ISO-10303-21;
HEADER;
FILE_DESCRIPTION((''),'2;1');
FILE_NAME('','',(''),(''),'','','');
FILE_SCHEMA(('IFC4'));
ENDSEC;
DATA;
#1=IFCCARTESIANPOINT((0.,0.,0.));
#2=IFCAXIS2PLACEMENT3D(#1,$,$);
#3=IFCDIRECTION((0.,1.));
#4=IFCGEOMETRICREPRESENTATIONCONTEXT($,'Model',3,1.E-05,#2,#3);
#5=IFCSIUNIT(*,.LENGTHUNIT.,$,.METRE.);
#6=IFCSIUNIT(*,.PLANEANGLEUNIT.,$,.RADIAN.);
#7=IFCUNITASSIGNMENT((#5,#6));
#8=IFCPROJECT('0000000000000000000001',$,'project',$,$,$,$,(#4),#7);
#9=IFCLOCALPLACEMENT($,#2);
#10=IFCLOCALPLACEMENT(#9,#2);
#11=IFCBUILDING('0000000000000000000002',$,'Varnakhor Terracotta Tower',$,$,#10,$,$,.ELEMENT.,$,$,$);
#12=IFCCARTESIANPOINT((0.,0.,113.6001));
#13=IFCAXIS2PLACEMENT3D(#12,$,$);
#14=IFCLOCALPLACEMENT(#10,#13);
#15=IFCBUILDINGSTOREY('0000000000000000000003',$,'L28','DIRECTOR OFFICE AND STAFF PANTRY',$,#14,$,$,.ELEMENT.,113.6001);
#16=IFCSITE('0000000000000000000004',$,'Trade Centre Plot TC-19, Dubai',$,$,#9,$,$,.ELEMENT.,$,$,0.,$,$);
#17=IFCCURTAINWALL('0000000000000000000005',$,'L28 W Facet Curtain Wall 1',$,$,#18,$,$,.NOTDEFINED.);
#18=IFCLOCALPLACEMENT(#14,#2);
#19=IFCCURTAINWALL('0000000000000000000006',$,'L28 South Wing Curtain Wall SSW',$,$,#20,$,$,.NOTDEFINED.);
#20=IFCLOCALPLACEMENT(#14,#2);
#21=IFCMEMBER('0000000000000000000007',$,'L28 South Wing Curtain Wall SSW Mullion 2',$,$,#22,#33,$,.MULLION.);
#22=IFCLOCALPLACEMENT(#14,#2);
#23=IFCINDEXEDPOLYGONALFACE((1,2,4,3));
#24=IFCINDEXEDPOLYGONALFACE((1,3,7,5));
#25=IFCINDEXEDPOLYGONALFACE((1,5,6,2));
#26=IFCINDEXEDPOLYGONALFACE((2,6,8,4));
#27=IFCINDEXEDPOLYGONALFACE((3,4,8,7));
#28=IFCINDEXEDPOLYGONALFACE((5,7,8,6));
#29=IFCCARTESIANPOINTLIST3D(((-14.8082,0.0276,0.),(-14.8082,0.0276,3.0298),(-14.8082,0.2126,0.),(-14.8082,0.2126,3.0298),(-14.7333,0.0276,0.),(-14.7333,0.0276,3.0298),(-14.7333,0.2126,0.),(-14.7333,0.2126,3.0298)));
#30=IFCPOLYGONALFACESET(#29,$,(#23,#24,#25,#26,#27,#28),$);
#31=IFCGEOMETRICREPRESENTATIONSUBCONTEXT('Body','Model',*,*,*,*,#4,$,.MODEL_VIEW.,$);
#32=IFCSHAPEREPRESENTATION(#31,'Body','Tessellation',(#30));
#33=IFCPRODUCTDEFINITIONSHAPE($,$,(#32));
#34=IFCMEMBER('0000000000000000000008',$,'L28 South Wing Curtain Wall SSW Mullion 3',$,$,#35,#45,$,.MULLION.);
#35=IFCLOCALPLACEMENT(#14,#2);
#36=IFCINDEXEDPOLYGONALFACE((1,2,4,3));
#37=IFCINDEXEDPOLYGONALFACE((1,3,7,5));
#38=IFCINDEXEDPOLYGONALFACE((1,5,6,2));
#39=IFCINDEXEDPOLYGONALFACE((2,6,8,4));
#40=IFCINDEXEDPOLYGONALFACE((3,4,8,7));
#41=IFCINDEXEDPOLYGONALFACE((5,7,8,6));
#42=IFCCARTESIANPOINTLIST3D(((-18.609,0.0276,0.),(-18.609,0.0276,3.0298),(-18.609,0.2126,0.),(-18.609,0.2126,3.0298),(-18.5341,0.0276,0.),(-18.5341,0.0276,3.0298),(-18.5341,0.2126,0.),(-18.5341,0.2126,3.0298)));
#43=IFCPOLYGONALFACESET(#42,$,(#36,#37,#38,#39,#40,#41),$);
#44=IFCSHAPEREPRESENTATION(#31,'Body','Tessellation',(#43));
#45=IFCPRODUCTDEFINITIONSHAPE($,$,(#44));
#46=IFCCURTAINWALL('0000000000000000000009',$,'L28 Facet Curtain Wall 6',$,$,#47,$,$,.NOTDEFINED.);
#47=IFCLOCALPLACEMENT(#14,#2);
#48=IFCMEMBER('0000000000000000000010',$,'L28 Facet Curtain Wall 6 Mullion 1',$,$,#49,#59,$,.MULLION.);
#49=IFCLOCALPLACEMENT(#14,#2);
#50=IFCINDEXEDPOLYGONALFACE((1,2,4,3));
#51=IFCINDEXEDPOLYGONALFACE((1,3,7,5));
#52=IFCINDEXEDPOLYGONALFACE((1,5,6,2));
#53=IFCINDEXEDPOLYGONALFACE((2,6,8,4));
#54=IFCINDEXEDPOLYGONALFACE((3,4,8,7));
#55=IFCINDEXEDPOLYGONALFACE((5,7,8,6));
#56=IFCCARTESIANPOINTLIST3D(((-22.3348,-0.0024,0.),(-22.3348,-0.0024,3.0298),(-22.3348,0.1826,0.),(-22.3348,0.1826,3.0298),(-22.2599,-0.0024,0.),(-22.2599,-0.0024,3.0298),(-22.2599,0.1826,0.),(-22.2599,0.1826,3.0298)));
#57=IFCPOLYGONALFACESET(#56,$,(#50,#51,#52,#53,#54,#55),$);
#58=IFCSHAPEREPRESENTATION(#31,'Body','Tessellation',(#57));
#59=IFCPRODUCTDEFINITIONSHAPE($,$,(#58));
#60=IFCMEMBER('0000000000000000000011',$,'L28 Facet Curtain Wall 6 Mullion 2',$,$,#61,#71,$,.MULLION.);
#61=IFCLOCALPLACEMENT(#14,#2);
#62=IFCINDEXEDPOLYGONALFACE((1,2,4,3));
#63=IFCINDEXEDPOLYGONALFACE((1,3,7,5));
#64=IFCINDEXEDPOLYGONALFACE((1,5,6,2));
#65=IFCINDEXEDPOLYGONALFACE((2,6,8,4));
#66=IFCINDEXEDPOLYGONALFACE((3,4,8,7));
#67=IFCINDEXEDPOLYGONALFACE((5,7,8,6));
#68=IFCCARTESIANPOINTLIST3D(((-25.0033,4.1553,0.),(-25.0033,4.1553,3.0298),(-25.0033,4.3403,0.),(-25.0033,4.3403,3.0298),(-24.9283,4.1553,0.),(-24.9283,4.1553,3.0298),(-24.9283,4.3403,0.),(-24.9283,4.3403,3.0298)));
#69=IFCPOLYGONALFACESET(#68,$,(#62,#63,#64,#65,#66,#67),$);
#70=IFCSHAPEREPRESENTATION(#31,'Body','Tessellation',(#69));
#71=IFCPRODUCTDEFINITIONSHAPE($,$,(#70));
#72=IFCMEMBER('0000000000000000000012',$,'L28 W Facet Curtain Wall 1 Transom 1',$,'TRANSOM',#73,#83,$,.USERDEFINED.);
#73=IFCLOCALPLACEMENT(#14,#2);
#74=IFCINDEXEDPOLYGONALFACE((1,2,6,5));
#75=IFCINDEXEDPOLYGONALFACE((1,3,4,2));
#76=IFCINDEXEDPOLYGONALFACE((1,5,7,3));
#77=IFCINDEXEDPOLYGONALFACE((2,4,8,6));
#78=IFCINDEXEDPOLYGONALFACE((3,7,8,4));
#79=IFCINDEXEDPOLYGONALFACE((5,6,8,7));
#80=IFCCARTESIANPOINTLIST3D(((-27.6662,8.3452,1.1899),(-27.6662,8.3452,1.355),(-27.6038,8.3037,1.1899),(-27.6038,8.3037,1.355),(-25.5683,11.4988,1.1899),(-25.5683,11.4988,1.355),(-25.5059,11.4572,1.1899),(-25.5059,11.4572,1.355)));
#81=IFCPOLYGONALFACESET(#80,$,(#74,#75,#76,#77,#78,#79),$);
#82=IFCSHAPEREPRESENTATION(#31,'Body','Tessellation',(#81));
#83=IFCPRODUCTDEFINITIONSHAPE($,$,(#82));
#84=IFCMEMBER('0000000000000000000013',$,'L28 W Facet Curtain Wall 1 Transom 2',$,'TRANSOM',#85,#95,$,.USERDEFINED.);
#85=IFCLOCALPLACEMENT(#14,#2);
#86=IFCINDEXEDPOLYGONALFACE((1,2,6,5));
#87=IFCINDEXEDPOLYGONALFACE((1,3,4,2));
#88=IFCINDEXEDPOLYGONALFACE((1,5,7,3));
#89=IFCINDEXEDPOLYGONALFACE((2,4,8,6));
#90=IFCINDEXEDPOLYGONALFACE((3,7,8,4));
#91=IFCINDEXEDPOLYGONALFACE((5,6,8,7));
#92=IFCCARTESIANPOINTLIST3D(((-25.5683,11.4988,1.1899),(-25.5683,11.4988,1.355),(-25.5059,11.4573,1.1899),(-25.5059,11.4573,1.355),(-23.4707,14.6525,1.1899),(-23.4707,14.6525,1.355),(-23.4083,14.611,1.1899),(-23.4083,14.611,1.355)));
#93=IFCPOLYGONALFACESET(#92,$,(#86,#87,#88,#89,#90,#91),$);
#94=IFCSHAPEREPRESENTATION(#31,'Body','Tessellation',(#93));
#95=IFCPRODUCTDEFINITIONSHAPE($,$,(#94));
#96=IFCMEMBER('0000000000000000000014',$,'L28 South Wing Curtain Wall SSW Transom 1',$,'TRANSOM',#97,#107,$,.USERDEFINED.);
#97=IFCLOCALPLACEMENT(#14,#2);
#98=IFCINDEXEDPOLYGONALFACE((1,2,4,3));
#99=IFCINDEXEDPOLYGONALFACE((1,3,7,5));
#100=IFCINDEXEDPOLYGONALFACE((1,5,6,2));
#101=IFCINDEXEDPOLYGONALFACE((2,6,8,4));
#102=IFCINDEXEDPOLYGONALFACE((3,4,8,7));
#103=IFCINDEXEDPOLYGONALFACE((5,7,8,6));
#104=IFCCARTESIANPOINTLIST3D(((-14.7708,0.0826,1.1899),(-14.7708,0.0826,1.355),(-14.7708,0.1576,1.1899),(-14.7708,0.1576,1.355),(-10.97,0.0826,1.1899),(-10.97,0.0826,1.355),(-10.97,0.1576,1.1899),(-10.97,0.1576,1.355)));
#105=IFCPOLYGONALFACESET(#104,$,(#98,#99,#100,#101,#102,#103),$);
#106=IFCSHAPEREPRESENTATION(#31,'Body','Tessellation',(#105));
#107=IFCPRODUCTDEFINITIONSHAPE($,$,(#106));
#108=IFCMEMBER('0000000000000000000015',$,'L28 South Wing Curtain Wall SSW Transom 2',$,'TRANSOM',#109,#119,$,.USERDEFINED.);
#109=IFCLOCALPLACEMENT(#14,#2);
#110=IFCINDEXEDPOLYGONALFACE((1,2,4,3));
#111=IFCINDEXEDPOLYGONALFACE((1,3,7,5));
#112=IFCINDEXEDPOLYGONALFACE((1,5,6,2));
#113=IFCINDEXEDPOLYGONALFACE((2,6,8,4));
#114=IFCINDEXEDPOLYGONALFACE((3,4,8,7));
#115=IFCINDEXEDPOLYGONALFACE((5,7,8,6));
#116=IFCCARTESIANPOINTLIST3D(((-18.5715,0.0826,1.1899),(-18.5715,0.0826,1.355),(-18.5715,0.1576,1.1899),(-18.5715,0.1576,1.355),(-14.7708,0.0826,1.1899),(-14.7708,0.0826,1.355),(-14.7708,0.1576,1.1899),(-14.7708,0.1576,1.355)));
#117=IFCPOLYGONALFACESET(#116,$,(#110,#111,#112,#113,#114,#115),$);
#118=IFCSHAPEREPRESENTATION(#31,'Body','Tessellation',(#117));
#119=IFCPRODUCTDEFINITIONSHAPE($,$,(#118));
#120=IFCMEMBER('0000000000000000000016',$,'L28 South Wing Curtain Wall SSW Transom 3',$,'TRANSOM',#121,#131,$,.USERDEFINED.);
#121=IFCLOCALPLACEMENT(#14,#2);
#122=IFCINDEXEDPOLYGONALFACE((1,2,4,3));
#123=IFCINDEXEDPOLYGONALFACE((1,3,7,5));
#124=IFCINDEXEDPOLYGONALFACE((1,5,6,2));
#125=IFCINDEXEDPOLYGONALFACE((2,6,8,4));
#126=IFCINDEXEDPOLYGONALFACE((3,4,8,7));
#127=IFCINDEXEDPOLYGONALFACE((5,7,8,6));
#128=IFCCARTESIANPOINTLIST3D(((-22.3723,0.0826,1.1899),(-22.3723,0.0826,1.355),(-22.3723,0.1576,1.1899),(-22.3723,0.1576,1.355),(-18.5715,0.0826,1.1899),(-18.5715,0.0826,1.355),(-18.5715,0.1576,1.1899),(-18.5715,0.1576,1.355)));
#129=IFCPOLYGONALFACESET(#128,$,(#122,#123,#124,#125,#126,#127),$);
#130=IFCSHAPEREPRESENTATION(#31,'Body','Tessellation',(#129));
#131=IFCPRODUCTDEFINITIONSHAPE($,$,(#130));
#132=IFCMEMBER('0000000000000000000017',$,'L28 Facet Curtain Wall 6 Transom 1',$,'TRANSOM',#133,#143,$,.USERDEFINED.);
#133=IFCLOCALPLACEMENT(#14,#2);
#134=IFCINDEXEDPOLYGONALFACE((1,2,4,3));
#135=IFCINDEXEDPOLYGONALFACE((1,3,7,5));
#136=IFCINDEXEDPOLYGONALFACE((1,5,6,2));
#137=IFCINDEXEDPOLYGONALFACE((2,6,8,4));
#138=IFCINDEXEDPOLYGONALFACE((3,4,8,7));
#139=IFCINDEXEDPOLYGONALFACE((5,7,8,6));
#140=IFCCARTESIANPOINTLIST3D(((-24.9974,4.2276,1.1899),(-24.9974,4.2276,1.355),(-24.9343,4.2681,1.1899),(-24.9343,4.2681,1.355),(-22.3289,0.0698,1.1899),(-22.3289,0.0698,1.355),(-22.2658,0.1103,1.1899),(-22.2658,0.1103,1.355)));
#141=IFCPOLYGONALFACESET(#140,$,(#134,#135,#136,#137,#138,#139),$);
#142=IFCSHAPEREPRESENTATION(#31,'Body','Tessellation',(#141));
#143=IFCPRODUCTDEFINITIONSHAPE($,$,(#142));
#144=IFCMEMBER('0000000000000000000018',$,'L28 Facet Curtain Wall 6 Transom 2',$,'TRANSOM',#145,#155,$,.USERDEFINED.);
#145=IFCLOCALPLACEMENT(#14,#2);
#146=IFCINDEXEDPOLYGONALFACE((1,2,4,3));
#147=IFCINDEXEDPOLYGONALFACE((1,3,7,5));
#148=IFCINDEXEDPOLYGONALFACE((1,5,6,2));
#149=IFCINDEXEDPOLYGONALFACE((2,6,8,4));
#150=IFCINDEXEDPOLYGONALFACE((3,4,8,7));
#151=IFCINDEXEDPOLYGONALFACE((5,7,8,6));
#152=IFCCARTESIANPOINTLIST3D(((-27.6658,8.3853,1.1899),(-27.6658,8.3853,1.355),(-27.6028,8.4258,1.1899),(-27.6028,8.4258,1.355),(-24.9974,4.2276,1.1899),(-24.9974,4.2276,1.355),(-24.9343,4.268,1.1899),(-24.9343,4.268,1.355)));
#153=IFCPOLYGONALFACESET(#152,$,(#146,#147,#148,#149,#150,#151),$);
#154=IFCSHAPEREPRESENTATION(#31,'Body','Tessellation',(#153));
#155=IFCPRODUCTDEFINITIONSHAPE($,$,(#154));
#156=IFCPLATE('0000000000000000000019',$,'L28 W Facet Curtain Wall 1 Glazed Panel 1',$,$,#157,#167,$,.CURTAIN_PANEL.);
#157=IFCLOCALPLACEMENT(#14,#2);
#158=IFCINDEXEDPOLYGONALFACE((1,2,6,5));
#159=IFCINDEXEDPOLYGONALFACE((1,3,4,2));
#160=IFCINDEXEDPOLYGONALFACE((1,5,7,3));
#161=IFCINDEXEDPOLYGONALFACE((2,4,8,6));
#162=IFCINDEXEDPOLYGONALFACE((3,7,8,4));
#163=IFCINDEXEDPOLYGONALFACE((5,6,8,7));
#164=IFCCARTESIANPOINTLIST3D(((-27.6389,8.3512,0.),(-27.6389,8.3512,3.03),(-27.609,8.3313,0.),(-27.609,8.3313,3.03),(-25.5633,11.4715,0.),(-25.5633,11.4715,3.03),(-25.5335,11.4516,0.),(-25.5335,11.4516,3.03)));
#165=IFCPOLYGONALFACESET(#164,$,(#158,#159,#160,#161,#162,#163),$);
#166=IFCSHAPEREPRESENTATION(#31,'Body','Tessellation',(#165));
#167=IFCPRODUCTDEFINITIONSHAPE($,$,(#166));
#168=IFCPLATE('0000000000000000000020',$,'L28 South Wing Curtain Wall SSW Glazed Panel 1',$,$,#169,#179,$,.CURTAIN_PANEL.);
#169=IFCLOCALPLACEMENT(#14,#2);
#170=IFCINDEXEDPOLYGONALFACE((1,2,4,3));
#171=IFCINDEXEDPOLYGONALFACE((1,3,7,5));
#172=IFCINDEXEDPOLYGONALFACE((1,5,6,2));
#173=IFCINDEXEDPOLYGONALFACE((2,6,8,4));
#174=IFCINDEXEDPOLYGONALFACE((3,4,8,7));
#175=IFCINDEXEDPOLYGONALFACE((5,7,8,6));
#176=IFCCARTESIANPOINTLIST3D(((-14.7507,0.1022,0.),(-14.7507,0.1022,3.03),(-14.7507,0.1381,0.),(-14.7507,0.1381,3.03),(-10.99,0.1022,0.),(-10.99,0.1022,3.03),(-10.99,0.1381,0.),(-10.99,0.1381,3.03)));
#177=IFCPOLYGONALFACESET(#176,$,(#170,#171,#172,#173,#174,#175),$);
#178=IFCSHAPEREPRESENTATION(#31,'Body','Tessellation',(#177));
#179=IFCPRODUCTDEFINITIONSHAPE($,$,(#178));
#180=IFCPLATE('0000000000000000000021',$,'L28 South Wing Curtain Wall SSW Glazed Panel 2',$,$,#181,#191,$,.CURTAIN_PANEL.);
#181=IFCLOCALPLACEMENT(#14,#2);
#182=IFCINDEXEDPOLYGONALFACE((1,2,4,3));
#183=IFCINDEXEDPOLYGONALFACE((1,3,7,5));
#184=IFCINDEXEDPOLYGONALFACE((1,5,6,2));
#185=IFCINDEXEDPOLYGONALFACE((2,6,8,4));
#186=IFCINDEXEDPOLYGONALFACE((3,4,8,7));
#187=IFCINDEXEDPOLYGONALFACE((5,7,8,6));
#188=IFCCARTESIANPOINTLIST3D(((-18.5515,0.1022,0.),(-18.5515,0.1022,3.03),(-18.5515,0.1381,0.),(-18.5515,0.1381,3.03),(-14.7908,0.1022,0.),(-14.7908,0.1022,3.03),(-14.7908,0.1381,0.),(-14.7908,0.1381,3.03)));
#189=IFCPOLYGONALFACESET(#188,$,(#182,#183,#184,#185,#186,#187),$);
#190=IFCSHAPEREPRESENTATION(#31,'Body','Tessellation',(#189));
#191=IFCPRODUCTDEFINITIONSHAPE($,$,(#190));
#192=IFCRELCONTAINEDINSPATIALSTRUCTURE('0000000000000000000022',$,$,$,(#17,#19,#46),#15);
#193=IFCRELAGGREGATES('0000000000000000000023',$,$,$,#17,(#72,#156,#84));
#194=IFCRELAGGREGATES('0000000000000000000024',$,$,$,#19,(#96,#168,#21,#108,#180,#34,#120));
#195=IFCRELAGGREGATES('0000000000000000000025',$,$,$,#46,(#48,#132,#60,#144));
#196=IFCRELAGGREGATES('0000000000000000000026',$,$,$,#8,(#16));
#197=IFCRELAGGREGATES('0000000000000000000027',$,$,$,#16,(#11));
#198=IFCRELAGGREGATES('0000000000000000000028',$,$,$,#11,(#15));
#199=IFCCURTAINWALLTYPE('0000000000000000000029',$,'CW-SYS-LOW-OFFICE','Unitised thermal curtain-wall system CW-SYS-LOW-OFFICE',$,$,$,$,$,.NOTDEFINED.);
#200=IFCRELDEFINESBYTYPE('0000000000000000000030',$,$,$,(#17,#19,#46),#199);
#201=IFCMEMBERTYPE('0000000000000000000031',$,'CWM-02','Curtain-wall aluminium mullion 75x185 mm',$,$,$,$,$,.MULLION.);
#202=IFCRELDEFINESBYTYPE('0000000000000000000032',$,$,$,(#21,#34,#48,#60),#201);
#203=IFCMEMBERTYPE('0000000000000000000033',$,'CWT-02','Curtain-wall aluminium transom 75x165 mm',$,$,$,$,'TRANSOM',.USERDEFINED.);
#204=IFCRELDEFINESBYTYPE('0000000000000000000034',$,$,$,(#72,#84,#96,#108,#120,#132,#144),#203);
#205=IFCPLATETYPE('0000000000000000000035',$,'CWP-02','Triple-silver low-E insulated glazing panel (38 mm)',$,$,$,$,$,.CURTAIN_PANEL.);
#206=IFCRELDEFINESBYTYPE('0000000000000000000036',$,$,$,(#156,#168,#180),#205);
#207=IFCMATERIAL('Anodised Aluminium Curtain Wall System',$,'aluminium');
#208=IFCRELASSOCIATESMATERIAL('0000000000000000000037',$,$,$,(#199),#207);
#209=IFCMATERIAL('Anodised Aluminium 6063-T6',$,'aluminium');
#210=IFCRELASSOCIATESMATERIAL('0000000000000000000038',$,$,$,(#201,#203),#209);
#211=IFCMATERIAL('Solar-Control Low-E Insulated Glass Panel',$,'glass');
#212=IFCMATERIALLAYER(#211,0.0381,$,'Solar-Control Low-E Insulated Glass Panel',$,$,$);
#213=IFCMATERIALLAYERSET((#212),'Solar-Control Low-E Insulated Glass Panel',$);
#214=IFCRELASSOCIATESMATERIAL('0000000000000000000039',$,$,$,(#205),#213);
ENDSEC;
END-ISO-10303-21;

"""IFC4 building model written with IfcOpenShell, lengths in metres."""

from ifc_helpers import new_model, si_unit, direction, frame, origin, origin_2d, place, context, subcontext, project, spatial, rectangle, extrude, source, transform, mapped, material, layer, layer_set, material_profile, profile_set, type_object, element, aggregate, save


model = new_model("IFC4")

# Units and contexts
model_context = context("Model", 3, precision=1e-05, world=origin(), true_north=direction((0.0, 1.0)))
body_context = subcontext(model_context, "Body", "Model", "MODEL_VIEW")
ifc_project = project(units=[si_unit("LENGTHUNIT", "METRE"), si_unit("PLANEANGLEUNIT", "RADIAN")], contexts=[model_context])

# Site, building, storey
site_placement = place(None, origin())
site = spatial("IfcSite", under=ifc_project, at=site_placement, Name="Trade Centre Plot TC-19, Dubai", CompositionType="ELEMENT", RefElevation=0.0)
building_placement = place(site_placement, origin())
building = spatial("IfcBuilding", under=site, at=building_placement, Name="Varnakhor Terracotta Tower", CompositionType="ELEMENT")
storey_placement = place(building_placement, frame((0.0, 0.0, 113.6001)))
storey = spatial("IfcBuildingStorey", under=building, at=storey_placement, Name="L28", Description="DIRECTOR OFFICE AND STAFF PANTRY", CompositionType="ELEMENT", Elevation=113.6001)

# Curtain walls, members
ifc_material_1 = material(Name="Anodised Aluminium Curtain Wall System", Category="aluminium")
curtain_wall_type = type_object("IfcCurtainWallType", Name="CW-SYS-LOW-OFFICE", Description="Unitised thermal curtain-wall system CW-SYS-LOW-OFFICE", PredefinedType="NOTDEFINED", material=ifc_material_1)
curtain_wall_1_placement = place(storey_placement, origin())
curtain_wall_1 = element("IfcCurtainWall", 1, at=curtain_wall_1_placement, inside=storey, type_object=curtain_wall_type, Name="L28 W Facet Curtain Wall 1", PredefinedType="NOTDEFINED")
ifc_material_2 = material(Name="Anodised Aluminium 6063-T6", Category="aluminium")
ifc_material_profile_1 = material_profile(ifc_material_2, rectangle(XDim=0.075, YDim=0.1851, at=origin_2d()), Name="ALU MULLION 75x185")
ifc_profile_set_1 = profile_set([ifc_material_profile_1], Name="Anodised Aluminium 6063-T6")
member_type_1 = type_object("IfcMemberType", Name="CWM-02", Description="Curtain-wall aluminium mullion 75x185 mm", PredefinedType="MULLION", material=ifc_profile_set_1)
shared_shape_1 = source(origin(), body_context, "Body", "SweptSolid", [
    extrude(rectangle(XDim=0.075, YDim=0.1851, at=origin_2d()), origin(), (0.0, 0.0, 1.0), 3.0298),
])
curtain_wall_2_placement = place(storey_placement, origin())
curtain_wall_2 = element("IfcCurtainWall", 2, at=curtain_wall_2_placement, inside=storey, type_object=curtain_wall_type, Name="L28 South Wing Curtain Wall SSW", PredefinedType="NOTDEFINED")
member_1_placement = place(storey_placement, frame((-14.7708, 0.1201, 0.0), z_axis=(0.0, 0.0, 1.0), x_axis=(1.0, 0.0, 0.0)))
member_1 = element("IfcMember", 3, at=member_1_placement, type_object=member_type_1, Name="L28 South Wing Curtain Wall SSW Mullion 2", PredefinedType="MULLION", context=body_context, shape_type="MappedRepresentation", body=[
    mapped(shared_shape_1, transform((0.0, 0.0, 0.0), scale=1.0)),
])
member_2_placement = place(storey_placement, frame((-18.5715, 0.1201, 0.0), z_axis=(0.0, 0.0, 1.0), x_axis=(1.0, 0.0, 0.0)))
member_2 = element("IfcMember", 4, at=member_2_placement, type_object=member_type_1, Name="L28 South Wing Curtain Wall SSW Mullion 3", PredefinedType="MULLION", context=body_context, shape_type="MappedRepresentation", body=[
    mapped(shared_shape_1, transform((0.0, 0.0, 0.0), scale=1.0)),
])
curtain_wall_3_placement = place(storey_placement, origin())
curtain_wall_3 = element("IfcCurtainWall", 5, at=curtain_wall_3_placement, inside=storey, type_object=curtain_wall_type, Name="L28 Facet Curtain Wall 6", PredefinedType="NOTDEFINED")
member_3_placement = place(storey_placement, frame((-22.2974, 0.0901, 0.0), z_axis=(0.0, 0.0, 1.0), x_axis=(1.0, 0.0, 0.0)))
member_3 = element("IfcMember", 6, at=member_3_placement, type_object=member_type_1, Name="L28 Facet Curtain Wall 6 Mullion 1", PredefinedType="MULLION", context=body_context, shape_type="MappedRepresentation", body=[
    mapped(shared_shape_1, transform((0.0, 0.0, 0.0), scale=1.0)),
])
member_4_placement = place(storey_placement, frame((-24.9658, 4.2478, 0.0), z_axis=(0.0, 0.0, 1.0), x_axis=(1.0, 0.0, 0.0)))
member_4 = element("IfcMember", 7, at=member_4_placement, type_object=member_type_1, Name="L28 Facet Curtain Wall 6 Mullion 2", PredefinedType="MULLION", context=body_context, shape_type="MappedRepresentation", body=[
    mapped(shared_shape_1, transform((0.0, 0.0, 0.0), scale=1.0)),
])

# Members
ifc_material_profile_2 = material_profile(ifc_material_2, rectangle(XDim=0.075, YDim=0.165, at=origin_2d()), Name="ALU TRANSOM 75x165")
ifc_profile_set_2 = profile_set([ifc_material_profile_2], Name="Anodised Aluminium 6063-T6")
member_type_2 = type_object("IfcMemberType", Name="CWT-02", Description="Curtain-wall aluminium transom 75x165 mm", ElementType="TRANSOM", PredefinedType="USERDEFINED", material=ifc_profile_set_2)
shared_shape_2 = source(origin(), body_context, "Body", "SweptSolid", [
    extrude(rectangle(XDim=0.075, YDim=0.165, at=origin_2d()), origin(), (0.0, 0.0, 1.0), 3.7876),
])
member_5_placement = place(storey_placement, frame((-27.635, 8.3245, 1.2725), z_axis=(0.553882, 0.832595, 0.0), x_axis=(-0.832595, 0.553882, 0.0)))
member_5 = element("IfcMember", 8, at=member_5_placement, type_object=member_type_2, Name="L28 W Facet Curtain Wall 1 Transom 1", ObjectType="TRANSOM", PredefinedType="USERDEFINED", context=body_context, shape_type="MappedRepresentation", body=[
    mapped(shared_shape_2, transform((0.0, 0.0, 0.0), scale=1.0)),
])
member_6_placement = place(storey_placement, frame((-25.5371, 11.478, 1.2725), z_axis=(0.553807, 0.832645, 0.0), x_axis=(-0.832645, 0.553807, 0.0)))
member_6 = element("IfcMember", 9, at=member_6_placement, type_object=member_type_2, Name="L28 W Facet Curtain Wall 1 Transom 2", ObjectType="TRANSOM", PredefinedType="USERDEFINED", context=body_context, shape_type="MappedRepresentation", body=[
    mapped(shared_shape_2, transform((0.0, 0.0, 0.0), scale=1.0)),
])
shared_shape_3 = source(origin(), body_context, "Body", "SweptSolid", [
    extrude(rectangle(XDim=0.075, YDim=0.165, at=origin_2d()), origin(), (0.0, 0.0, 1.0), 3.8008),
])
member_7_placement = place(storey_placement, frame((-10.97, 0.1201, 1.2725), z_axis=(-1.0, 0.0, 0.0), x_axis=(0.0, -1.0, 0.0)))
member_7 = element("IfcMember", 10, at=member_7_placement, type_object=member_type_2, Name="L28 South Wing Curtain Wall SSW Transom 1", ObjectType="TRANSOM", PredefinedType="USERDEFINED", context=body_context, shape_type="MappedRepresentation", body=[
    mapped(shared_shape_3, transform((0.0, 0.0, 0.0), scale=1.0)),
])
member_8_placement = place(storey_placement, frame((-14.7708, 0.1201, 1.2725), z_axis=(-1.0, 0.0, 0.0), x_axis=(0.0, -1.0, 0.0)))
member_8 = element("IfcMember", 11, at=member_8_placement, type_object=member_type_2, Name="L28 South Wing Curtain Wall SSW Transom 2", ObjectType="TRANSOM", PredefinedType="USERDEFINED", context=body_context, shape_type="MappedRepresentation", body=[
    mapped(shared_shape_3, transform((0.0, 0.0, 0.0), scale=1.0)),
])
member_9_placement = place(storey_placement, frame((-18.5715, 0.1201, 1.2725), z_axis=(-1.0, 0.0, 0.0), x_axis=(0.0, -1.0, 0.0)))
member_9 = element("IfcMember", 12, at=member_9_placement, type_object=member_type_2, Name="L28 South Wing Curtain Wall SSW Transom 3", ObjectType="TRANSOM", PredefinedType="USERDEFINED", context=body_context, shape_type="MappedRepresentation", body=[
    mapped(shared_shape_3, transform((0.0, 0.0, 0.0), scale=1.0)),
])
shared_shape_4 = source(origin(), body_context, "Body", "SweptSolid", [
    extrude(rectangle(XDim=0.075, YDim=0.165, at=origin_2d()), origin(), (0.0, 0.0, 1.0), 4.9404),
])
member_10_placement = place(storey_placement, frame((-22.2974, 0.0901, 1.2725), z_axis=(-0.540133, 0.84158, 0.0), x_axis=(-0.84158, -0.540133, 0.0)))
member_10 = element("IfcMember", 13, at=member_10_placement, type_object=member_type_2, Name="L28 Facet Curtain Wall 6 Transom 1", ObjectType="TRANSOM", PredefinedType="USERDEFINED", context=body_context, shape_type="MappedRepresentation", body=[
    mapped(shared_shape_4, transform((0.0, 0.0, 0.0), scale=1.0)),
])
member_11_placement = place(storey_placement, frame((-24.9658, 4.2478, 1.2725), z_axis=(-0.540133, 0.84158, 0.0), x_axis=(-0.84158, -0.540133, 0.0)))
member_11 = element("IfcMember", 14, at=member_11_placement, type_object=member_type_2, Name="L28 Facet Curtain Wall 6 Transom 2", ObjectType="TRANSOM", PredefinedType="USERDEFINED", context=body_context, shape_type="MappedRepresentation", body=[
    mapped(shared_shape_4, transform((0.0, 0.0, 0.0), scale=1.0)),
])

# Plates
ifc_material_3 = material(Name="Solar-Control Low-E Insulated Glass Panel", Category="glass")
ifc_layer_1 = layer(ifc_material_3, 0.0381, Name="Solar-Control Low-E Insulated Glass Panel")
ifc_layer_set_1 = layer_set([ifc_layer_1], Name="Solar-Control Low-E Insulated Glass Panel")
plate_type = type_object("IfcPlateType", Name="CWP-02", Description="Triple-silver low-E insulated glazing panel (38 mm)", PredefinedType="CURTAIN_PANEL", material=ifc_layer_set_1)
shared_shape_5 = source(origin(), body_context, "Body", "SweptSolid", [
    extrude(rectangle(XDim=3.7476, YDim=0.0359, at=origin_2d()), origin(), (0.0, 0.0, 1.0), 3.03),
])
plate_1_placement = place(storey_placement, frame((-26.5862, 9.9014, 0.0), z_axis=(0.0, 0.0, 1.0), x_axis=(0.553842, 0.832622, 0.0)))
plate_1 = element("IfcPlate", 15, at=plate_1_placement, type_object=plate_type, Name="L28 W Facet Curtain Wall 1 Glazed Panel 1", PredefinedType="CURTAIN_PANEL", context=body_context, shape_type="MappedRepresentation", body=[
    mapped(shared_shape_5, transform((0.0, 0.0, 0.0), scale=1.0)),
])
aggregate(curtain_wall_1, [member_5, plate_1, member_6])
shared_shape_6 = source(origin(), body_context, "Body", "SweptSolid", [
    extrude(rectangle(XDim=3.7607, YDim=0.0359, at=origin_2d()), origin(), (0.0, 0.0, 1.0), 3.03),
])
plate_2_placement = place(storey_placement, frame((-12.8704, 0.1201, 0.0), z_axis=(0.0, 0.0, 1.0), x_axis=(-1.0, 0.0, 0.0)))
plate_2 = element("IfcPlate", 16, at=plate_2_placement, type_object=plate_type, Name="L28 South Wing Curtain Wall SSW Glazed Panel 1", PredefinedType="CURTAIN_PANEL", context=body_context, shape_type="MappedRepresentation", body=[
    mapped(shared_shape_6, transform((0.0, 0.0, 0.0), scale=1.0)),
])
plate_3_placement = place(storey_placement, frame((-16.6711, 0.1201, 0.0), z_axis=(0.0, 0.0, 1.0), x_axis=(-1.0, 0.0, 0.0)))
plate_3 = element("IfcPlate", 17, at=plate_3_placement, type_object=plate_type, Name="L28 South Wing Curtain Wall SSW Glazed Panel 2", PredefinedType="CURTAIN_PANEL", context=body_context, shape_type="MappedRepresentation", body=[
    mapped(shared_shape_6, transform((0.0, 0.0, 0.0), scale=1.0)),
])
aggregate(curtain_wall_2, [member_7, plate_2, member_1, member_8, plate_3, member_2, member_9])
aggregate(curtain_wall_3, [member_3, member_10, member_4, member_11])

save(model, "model.ifc")
